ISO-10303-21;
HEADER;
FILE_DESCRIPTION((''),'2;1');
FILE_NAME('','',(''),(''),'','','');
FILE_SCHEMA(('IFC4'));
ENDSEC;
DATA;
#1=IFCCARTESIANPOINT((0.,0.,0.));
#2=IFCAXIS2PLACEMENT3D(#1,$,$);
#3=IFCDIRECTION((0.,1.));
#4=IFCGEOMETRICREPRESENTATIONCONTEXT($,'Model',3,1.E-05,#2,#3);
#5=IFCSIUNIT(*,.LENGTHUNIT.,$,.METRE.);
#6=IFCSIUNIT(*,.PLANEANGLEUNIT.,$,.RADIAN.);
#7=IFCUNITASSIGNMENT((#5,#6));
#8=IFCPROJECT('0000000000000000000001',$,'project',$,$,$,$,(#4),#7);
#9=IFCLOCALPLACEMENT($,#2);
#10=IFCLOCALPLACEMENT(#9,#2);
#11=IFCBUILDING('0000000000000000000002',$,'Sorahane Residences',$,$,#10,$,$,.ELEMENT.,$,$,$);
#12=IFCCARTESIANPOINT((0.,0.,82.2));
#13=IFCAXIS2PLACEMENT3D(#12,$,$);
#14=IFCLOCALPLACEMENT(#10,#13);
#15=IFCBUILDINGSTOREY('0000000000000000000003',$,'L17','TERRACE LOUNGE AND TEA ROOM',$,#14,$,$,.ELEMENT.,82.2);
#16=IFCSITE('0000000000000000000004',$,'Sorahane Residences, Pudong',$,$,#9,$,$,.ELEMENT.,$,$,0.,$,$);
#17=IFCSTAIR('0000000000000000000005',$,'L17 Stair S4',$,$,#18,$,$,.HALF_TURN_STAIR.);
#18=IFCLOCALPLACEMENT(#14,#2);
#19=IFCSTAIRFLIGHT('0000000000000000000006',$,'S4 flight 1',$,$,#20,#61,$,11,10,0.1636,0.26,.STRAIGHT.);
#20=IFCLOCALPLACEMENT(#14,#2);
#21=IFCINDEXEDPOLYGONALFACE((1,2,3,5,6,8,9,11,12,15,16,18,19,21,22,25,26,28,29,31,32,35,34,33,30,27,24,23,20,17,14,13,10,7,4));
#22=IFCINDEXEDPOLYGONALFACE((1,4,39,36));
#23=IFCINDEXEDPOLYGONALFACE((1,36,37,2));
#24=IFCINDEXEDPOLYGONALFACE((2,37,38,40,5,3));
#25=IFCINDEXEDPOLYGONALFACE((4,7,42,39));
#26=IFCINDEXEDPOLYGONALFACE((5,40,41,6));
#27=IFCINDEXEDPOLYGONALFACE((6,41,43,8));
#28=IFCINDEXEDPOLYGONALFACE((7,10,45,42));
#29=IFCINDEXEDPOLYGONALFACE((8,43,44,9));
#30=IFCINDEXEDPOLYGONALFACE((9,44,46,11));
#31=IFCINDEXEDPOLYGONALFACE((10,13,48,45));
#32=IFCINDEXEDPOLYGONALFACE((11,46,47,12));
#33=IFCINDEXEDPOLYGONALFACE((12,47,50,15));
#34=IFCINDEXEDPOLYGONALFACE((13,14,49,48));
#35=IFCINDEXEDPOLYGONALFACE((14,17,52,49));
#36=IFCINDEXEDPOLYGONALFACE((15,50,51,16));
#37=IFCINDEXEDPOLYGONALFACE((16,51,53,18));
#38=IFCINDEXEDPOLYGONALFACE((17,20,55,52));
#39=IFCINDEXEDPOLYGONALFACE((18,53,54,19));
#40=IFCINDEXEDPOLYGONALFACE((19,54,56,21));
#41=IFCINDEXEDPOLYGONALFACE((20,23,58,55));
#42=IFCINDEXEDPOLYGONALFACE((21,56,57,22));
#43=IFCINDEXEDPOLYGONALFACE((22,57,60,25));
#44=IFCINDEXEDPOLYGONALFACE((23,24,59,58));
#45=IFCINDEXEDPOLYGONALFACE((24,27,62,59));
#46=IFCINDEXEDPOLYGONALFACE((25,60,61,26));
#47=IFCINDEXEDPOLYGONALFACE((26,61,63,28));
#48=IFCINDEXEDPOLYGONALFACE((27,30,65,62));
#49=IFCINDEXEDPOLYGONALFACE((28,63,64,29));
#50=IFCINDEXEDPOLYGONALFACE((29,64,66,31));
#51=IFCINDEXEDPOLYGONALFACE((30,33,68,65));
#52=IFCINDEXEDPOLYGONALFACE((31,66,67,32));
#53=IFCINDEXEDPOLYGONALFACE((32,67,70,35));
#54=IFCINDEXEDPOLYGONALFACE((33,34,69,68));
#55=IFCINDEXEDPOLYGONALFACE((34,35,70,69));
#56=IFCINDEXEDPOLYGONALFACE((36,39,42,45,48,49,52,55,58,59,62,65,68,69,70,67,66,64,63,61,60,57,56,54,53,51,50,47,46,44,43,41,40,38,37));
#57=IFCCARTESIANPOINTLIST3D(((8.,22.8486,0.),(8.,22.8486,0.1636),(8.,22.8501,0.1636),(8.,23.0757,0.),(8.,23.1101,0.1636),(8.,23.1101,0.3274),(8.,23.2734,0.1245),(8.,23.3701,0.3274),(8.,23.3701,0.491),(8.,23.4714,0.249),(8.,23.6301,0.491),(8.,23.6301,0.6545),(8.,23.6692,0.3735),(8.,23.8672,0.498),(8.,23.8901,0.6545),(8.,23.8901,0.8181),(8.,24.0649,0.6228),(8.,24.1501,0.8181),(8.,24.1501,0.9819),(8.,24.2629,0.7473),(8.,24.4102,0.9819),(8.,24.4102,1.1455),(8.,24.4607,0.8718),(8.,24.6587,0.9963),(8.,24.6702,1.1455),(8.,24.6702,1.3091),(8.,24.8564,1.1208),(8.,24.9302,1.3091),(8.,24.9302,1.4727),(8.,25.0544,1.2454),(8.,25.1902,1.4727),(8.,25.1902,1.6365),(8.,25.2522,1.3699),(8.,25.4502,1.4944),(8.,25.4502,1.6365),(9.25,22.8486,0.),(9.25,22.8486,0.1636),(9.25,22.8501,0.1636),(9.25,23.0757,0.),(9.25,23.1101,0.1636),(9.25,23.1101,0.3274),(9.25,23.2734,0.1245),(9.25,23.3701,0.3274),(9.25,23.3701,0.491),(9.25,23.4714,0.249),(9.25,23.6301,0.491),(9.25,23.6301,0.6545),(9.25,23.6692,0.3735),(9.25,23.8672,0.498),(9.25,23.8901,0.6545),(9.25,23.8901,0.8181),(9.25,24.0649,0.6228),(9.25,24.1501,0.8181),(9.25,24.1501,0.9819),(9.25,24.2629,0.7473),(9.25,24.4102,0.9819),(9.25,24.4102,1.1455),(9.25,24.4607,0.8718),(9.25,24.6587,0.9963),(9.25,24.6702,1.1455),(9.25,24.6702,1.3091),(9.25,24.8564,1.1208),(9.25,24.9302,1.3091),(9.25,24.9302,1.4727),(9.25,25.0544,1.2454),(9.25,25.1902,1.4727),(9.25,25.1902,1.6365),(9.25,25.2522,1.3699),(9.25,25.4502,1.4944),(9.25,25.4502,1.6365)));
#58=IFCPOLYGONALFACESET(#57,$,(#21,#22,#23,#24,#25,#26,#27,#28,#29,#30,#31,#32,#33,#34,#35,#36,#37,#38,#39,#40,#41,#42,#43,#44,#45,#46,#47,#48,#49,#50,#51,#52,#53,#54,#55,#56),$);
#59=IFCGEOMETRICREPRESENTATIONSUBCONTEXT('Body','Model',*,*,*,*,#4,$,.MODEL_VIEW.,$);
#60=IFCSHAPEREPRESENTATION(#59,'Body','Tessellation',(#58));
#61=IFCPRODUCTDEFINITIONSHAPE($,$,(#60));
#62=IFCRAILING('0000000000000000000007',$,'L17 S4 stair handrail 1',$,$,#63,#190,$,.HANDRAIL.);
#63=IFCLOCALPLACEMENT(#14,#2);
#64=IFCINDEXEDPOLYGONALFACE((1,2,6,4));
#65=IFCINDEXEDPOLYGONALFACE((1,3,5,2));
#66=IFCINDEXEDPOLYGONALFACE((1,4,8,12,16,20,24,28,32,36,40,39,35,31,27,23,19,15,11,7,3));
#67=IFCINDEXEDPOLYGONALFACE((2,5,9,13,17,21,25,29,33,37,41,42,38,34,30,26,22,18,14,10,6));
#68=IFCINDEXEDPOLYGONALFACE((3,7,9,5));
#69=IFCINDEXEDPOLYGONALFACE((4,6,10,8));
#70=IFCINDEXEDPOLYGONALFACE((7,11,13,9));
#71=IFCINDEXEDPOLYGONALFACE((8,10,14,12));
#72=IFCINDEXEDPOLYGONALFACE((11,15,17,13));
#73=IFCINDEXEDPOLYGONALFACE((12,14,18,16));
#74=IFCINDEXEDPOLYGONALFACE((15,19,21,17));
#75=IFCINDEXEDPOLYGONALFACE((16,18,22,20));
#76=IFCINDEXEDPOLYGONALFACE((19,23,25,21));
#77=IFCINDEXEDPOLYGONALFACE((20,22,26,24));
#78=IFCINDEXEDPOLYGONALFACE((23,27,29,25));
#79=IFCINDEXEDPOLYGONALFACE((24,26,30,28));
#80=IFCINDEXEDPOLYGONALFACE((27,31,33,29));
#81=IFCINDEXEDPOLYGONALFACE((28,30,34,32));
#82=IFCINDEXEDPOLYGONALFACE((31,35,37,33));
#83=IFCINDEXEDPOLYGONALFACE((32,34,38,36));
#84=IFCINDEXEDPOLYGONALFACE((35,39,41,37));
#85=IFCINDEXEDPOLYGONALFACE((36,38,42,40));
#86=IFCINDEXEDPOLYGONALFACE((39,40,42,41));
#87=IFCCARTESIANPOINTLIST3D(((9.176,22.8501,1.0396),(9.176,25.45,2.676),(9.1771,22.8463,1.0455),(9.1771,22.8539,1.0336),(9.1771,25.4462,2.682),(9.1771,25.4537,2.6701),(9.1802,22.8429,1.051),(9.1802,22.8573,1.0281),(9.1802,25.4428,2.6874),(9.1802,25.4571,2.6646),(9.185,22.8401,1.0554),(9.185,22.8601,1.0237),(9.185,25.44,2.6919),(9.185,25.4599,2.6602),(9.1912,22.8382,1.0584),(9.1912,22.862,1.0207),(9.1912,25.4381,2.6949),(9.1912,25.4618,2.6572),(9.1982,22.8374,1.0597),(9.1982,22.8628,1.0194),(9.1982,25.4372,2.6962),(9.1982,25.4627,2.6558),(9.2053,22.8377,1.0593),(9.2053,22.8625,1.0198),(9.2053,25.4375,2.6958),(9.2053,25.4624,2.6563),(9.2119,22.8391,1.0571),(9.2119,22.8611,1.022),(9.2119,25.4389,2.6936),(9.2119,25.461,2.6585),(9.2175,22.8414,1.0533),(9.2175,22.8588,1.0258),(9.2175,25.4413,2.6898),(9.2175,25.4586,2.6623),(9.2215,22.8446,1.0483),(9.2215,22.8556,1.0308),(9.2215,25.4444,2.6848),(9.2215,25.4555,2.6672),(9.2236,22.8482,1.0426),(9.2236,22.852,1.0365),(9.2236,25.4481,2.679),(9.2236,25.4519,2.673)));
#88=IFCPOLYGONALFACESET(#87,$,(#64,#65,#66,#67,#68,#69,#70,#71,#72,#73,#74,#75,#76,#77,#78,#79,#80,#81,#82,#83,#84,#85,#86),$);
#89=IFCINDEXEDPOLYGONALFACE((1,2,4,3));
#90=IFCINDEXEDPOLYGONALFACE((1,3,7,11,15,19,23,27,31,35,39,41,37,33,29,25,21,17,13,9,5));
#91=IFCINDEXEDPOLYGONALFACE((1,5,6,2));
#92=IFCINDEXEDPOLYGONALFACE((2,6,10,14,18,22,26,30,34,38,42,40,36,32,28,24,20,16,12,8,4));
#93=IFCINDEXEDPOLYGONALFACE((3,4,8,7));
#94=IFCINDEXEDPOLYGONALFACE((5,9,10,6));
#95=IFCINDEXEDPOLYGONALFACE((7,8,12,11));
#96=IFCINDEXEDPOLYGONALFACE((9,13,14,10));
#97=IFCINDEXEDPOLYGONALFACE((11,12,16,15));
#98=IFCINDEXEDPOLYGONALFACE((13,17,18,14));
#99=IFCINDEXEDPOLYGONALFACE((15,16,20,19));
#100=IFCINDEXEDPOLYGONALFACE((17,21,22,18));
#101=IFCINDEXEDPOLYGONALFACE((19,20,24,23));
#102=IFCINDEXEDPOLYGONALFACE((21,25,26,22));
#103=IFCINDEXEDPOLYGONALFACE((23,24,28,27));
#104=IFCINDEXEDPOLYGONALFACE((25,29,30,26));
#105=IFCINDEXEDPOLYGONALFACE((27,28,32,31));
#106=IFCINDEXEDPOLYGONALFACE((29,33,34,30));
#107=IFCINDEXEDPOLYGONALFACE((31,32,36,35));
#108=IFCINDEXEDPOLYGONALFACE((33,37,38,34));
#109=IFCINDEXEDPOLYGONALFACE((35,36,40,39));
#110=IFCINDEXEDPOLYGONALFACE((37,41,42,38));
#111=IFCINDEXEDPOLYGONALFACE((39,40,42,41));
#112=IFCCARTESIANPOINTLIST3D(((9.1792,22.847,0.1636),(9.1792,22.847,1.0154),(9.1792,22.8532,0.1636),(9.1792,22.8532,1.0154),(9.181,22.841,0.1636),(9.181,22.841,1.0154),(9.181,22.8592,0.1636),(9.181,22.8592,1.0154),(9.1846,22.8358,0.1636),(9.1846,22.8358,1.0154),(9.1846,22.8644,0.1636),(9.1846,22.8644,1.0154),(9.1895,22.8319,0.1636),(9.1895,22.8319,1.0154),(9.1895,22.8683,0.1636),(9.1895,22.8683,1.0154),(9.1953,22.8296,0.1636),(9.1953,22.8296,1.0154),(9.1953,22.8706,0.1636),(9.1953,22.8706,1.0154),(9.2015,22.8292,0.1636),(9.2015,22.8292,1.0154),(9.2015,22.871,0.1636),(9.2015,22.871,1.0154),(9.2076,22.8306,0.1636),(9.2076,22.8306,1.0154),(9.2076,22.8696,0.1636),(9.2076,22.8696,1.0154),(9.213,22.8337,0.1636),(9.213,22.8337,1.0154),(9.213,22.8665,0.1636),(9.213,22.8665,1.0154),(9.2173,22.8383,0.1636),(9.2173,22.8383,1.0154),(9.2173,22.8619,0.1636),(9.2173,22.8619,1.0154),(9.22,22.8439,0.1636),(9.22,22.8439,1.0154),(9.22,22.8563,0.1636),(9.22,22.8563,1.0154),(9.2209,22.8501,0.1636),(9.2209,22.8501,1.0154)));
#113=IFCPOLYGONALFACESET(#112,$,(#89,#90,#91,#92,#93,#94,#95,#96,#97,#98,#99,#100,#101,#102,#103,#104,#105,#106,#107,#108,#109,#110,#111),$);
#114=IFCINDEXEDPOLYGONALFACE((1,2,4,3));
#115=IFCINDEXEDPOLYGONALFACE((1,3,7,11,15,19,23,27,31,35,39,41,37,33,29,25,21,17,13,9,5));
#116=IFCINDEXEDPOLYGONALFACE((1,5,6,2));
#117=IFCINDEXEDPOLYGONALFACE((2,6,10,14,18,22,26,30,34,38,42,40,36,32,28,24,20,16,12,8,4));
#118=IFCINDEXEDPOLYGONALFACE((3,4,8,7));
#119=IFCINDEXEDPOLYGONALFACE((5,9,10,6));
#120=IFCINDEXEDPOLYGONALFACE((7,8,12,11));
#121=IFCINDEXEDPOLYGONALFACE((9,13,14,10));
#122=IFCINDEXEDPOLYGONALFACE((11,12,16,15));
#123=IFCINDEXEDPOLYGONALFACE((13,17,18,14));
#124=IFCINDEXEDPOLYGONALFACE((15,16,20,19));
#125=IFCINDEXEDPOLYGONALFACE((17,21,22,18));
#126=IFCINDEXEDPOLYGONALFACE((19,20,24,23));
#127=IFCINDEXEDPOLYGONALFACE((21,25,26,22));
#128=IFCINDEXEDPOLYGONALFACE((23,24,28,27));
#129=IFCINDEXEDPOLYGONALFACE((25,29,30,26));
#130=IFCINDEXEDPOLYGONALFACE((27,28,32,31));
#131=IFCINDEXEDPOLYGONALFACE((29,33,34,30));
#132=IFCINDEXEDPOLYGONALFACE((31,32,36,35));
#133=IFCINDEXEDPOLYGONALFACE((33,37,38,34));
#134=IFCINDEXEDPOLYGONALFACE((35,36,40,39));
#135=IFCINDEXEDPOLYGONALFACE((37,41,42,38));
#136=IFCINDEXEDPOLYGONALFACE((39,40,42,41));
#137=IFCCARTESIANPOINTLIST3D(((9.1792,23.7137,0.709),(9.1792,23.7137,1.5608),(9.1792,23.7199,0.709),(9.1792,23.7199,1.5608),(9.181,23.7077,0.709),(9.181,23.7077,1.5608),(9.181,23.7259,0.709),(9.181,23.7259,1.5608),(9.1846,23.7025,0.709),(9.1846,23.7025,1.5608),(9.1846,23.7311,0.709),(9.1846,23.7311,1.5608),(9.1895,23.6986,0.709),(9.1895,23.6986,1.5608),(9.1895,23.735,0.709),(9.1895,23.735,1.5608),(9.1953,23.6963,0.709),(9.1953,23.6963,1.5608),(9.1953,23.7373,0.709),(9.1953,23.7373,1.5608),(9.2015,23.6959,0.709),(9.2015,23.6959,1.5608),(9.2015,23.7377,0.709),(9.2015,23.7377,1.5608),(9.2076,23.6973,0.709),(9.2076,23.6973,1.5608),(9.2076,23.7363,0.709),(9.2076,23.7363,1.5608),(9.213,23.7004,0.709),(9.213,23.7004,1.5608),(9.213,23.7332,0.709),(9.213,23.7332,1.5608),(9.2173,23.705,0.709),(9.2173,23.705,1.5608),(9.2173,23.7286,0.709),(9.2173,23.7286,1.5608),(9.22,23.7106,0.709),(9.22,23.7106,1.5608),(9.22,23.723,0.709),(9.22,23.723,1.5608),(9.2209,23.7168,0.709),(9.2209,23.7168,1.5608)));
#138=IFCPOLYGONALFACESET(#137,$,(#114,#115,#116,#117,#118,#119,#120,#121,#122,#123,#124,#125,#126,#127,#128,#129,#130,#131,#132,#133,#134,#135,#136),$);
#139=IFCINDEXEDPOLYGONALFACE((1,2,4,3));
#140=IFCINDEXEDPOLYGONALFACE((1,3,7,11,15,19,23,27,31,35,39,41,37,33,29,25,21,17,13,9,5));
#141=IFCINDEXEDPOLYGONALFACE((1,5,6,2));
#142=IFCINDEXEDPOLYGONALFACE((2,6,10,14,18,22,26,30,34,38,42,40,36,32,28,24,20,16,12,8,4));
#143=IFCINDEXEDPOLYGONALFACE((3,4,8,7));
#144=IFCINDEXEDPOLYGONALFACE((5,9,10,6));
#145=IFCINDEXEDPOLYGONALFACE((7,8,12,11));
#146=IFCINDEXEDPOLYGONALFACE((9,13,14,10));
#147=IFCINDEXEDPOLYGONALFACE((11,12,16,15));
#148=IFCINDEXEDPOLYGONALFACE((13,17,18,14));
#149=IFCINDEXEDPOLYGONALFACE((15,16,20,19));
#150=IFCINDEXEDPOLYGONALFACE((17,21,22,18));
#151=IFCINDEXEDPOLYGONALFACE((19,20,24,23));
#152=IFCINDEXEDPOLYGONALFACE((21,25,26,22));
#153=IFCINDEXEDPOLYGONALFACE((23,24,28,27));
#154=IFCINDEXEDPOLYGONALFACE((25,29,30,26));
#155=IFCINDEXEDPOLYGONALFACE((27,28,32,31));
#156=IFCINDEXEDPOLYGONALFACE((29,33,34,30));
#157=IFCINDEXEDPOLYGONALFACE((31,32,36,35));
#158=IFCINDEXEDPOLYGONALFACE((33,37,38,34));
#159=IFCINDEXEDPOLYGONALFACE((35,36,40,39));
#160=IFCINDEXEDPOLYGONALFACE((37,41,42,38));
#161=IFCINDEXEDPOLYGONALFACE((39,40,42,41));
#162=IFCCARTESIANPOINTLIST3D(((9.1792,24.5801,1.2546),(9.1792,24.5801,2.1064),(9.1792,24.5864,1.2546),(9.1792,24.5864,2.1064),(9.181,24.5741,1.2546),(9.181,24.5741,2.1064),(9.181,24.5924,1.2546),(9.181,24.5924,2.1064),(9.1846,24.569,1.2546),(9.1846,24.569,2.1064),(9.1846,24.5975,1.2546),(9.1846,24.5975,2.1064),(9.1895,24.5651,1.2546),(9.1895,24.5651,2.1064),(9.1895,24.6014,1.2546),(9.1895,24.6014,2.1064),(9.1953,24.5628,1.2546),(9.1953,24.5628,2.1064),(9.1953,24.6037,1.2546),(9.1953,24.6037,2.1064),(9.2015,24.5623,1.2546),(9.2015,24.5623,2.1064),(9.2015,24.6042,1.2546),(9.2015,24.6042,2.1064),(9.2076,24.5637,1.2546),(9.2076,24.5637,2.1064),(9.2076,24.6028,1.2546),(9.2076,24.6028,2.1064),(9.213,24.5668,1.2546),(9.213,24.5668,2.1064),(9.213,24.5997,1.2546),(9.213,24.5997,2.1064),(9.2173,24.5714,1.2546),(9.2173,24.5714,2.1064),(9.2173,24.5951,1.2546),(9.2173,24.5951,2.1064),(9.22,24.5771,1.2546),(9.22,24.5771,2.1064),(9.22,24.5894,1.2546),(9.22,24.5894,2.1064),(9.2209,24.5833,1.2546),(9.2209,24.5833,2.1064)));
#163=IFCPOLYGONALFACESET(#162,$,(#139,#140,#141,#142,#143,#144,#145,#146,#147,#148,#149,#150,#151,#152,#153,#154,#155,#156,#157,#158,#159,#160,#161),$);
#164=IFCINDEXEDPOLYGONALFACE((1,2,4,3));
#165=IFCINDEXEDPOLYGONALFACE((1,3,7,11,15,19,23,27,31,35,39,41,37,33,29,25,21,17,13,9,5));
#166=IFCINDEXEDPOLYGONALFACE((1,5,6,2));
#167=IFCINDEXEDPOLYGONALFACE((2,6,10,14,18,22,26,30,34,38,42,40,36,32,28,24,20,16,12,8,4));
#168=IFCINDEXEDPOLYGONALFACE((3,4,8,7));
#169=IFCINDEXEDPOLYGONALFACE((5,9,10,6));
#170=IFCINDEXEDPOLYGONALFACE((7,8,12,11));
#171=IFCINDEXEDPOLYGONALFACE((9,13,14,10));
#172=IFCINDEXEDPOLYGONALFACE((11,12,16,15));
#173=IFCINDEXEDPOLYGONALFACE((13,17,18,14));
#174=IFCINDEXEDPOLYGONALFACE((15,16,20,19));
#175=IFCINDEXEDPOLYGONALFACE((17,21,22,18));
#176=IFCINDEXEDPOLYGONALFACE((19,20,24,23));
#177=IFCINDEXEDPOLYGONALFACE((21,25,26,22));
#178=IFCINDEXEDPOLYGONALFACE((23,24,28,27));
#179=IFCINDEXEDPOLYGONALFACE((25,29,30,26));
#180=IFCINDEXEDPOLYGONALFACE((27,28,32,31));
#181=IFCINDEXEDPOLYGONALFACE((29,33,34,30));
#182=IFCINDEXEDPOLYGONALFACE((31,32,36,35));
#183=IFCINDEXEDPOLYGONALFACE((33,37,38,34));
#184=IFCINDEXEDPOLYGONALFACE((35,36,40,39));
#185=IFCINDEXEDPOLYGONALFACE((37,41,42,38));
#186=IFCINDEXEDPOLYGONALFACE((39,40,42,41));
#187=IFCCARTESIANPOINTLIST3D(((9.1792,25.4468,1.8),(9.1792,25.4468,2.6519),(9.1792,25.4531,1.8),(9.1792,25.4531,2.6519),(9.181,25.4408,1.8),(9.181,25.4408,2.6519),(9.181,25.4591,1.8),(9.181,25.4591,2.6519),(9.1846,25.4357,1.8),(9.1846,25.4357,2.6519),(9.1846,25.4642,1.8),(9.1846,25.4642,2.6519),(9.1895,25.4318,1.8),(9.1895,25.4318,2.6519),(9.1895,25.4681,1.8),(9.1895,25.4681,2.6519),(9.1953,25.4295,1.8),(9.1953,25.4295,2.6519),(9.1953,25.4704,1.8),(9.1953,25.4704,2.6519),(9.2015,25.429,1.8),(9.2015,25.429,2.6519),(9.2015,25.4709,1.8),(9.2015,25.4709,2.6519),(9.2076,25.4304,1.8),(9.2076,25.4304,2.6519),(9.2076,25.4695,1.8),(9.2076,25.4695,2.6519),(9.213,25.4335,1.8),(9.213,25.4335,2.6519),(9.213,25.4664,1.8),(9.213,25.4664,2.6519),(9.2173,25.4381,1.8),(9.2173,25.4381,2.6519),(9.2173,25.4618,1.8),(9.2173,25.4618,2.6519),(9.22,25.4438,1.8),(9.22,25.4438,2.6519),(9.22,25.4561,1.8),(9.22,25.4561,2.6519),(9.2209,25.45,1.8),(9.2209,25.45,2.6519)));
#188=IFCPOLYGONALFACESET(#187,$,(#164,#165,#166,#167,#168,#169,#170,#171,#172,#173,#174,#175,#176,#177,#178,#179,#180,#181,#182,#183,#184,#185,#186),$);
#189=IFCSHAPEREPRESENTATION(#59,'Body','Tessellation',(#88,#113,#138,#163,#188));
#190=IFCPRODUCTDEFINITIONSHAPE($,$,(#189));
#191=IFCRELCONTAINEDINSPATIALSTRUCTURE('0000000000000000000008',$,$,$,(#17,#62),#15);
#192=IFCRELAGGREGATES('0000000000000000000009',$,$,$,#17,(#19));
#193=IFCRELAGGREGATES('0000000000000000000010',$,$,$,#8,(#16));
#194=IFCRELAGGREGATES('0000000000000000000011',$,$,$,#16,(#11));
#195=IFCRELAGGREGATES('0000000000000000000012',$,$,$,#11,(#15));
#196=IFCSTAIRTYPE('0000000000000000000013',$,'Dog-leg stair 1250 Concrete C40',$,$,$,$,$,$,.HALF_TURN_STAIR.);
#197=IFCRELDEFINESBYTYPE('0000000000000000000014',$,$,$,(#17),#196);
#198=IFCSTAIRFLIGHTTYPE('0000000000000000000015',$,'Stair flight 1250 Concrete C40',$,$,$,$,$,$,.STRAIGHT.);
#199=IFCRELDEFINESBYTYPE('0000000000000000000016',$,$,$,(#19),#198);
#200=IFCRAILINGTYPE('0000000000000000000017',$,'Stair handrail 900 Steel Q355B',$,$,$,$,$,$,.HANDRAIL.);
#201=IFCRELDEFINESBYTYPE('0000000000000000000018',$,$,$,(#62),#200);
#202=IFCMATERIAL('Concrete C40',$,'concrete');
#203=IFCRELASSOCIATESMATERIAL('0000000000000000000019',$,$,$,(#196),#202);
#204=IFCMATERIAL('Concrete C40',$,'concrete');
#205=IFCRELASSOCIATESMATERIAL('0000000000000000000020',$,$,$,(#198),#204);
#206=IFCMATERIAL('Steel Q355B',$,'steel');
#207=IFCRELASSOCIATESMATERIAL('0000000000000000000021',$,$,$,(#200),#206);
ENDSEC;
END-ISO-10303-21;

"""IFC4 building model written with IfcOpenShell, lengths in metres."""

from ifc_helpers import new_model, si_unit, direction, frame, origin, origin_2d, place, context, subcontext, project, spatial, polyline, circle, outline, extrude, material, type_object, element, aggregate, save


model = new_model("IFC4")

# Units and contexts
model_context = context("Model", 3, precision=1e-05, world=origin(), true_north=direction((0.0, 1.0)))
body_context = subcontext(model_context, "Body", "Model", "MODEL_VIEW")
ifc_project = project(units=[si_unit("LENGTHUNIT", "METRE"), si_unit("PLANEANGLEUNIT", "RADIAN")], contexts=[model_context])

# Site, building, storey
site_placement = place(None, origin())
site = spatial("IfcSite", under=ifc_project, at=site_placement, Name="Sorahane Residences, Pudong", CompositionType="ELEMENT", RefElevation=0.0)
building_placement = place(site_placement, origin())
building = spatial("IfcBuilding", under=site, at=building_placement, Name="Sorahane Residences", CompositionType="ELEMENT")
storey_placement = place(building_placement, frame((0.0, 0.0, 82.2)))
storey = spatial("IfcBuildingStorey", under=building, at=storey_placement, Name="L17", Description="TERRACE LOUNGE AND TEA ROOM", CompositionType="ELEMENT", Elevation=82.2)

# Stair, stair flight
ifc_material_1 = material(Name="Concrete C40", Category="concrete")
stair_type = type_object("IfcStairType", Name="Dog-leg stair 1250 Concrete C40", PredefinedType="HALF_TURN_STAIR", material=ifc_material_1)
stair_placement = place(storey_placement, origin())
stair = element("IfcStair", 1, at=stair_placement, inside=storey, type_object=stair_type, Name="L17 Stair S4", PredefinedType="HALF_TURN_STAIR")
ifc_material_2 = material(Name="Concrete C40", Category="concrete")
stair_flight_type = type_object("IfcStairFlightType", Name="Stair flight 1250 Concrete C40", PredefinedType="STRAIGHT", material=ifc_material_2)
stair_flight_placement = place(storey_placement, frame((8.625, 22.8501, 0.0), z_axis=(0.0, 0.0, 1.0), x_axis=(0.0, 1.0, 0.0)))
stair_flight = element("IfcStairFlight", 2, at=stair_flight_placement, type_object=stair_flight_type, Name="S4 flight 1", NumberOfRisers=11, NumberOfTreads=10, PredefinedType="STRAIGHT", RiserHeight=0.1636, TreadLength=0.26, context=body_context, shape_type="SweptSolid", body=[
    extrude(outline(polyline([(-0.0015, 0.0), (-0.0015, 0.1636), (0.0, 0.1636), (0.26, 0.1636), (0.26, 0.3274), (0.52, 0.3274), (0.52, 0.491), (0.78, 0.491), (0.78, 0.6545), (1.04, 0.6545), (1.04, 0.8181), (1.3, 0.8181), (1.3, 0.9819), (1.5601, 0.9819), (1.5601, 1.1455), (1.8201, 1.1455), (1.8201, 1.3091), (2.0801, 1.3091), (2.0801, 1.4727), (2.3401, 1.4727), (2.3401, 1.6365), (2.6001, 1.6365), (2.6001, 1.8), (2.6001, 1.4944), (2.4021, 1.3699), (2.2043, 1.2454), (2.0063, 1.1208), (1.8086, 0.9963), (1.6106, 0.8718), (1.4128, 0.7473), (1.2148, 0.6228), (1.0171, 0.498), (0.8191, 0.3735), (0.6213, 0.249), (0.4233, 0.1245), (0.2256, 0.0), (-0.0015, 0.0)])), frame((0.0, 0.625, 0.0), z_axis=(0.0, -1.0, 0.0), x_axis=(1.0, 0.0, 0.0)), (0.0, 0.0, 1.0), 1.25),
])
aggregate(stair, [stair_flight])

# Railing
ifc_material_3 = material(Name="Steel Q355B", Category="steel")
railing_type = type_object("IfcRailingType", Name="Stair handrail 900 Steel Q355B", PredefinedType="HANDRAIL", material=ifc_material_3)
railing_placement = place(storey_placement, frame((9.2, 22.8501, 0.1636)))
element("IfcRailing", 3, at=railing_placement, inside=storey, type_object=railing_type, Name="L17 S4 stair handrail 1", PredefinedType="HANDRAIL", context=body_context, shape_type="SweptSolid", body=[
    extrude(circle(Radius=0.0239, at=origin_2d()), frame((0.0, 0.0, 0.876), z_axis=(0.0, 0.846302, 0.532704), x_axis=(-1.0, 0.0, 0.0)), (0.0, 0.0, 1.0), 3.072),
    extrude(circle(Radius=0.021, at=origin_2d()), origin(), (0.0, 0.0, 1.0), 0.8518),
    extrude(circle(Radius=0.021, at=origin_2d()), frame((0.0, 0.8667, 0.5454)), (0.0, 0.0, 1.0), 0.8518),
    extrude(circle(Radius=0.021, at=origin_2d()), frame((0.0, 1.7332, 1.0911)), (0.0, 0.0, 1.0), 0.8518),
    extrude(circle(Radius=0.021, at=origin_2d()), frame((0.0, 2.5999, 1.6365)), (0.0, 0.0, 1.0), 0.8518),
])

save(model, "model.ifc")
